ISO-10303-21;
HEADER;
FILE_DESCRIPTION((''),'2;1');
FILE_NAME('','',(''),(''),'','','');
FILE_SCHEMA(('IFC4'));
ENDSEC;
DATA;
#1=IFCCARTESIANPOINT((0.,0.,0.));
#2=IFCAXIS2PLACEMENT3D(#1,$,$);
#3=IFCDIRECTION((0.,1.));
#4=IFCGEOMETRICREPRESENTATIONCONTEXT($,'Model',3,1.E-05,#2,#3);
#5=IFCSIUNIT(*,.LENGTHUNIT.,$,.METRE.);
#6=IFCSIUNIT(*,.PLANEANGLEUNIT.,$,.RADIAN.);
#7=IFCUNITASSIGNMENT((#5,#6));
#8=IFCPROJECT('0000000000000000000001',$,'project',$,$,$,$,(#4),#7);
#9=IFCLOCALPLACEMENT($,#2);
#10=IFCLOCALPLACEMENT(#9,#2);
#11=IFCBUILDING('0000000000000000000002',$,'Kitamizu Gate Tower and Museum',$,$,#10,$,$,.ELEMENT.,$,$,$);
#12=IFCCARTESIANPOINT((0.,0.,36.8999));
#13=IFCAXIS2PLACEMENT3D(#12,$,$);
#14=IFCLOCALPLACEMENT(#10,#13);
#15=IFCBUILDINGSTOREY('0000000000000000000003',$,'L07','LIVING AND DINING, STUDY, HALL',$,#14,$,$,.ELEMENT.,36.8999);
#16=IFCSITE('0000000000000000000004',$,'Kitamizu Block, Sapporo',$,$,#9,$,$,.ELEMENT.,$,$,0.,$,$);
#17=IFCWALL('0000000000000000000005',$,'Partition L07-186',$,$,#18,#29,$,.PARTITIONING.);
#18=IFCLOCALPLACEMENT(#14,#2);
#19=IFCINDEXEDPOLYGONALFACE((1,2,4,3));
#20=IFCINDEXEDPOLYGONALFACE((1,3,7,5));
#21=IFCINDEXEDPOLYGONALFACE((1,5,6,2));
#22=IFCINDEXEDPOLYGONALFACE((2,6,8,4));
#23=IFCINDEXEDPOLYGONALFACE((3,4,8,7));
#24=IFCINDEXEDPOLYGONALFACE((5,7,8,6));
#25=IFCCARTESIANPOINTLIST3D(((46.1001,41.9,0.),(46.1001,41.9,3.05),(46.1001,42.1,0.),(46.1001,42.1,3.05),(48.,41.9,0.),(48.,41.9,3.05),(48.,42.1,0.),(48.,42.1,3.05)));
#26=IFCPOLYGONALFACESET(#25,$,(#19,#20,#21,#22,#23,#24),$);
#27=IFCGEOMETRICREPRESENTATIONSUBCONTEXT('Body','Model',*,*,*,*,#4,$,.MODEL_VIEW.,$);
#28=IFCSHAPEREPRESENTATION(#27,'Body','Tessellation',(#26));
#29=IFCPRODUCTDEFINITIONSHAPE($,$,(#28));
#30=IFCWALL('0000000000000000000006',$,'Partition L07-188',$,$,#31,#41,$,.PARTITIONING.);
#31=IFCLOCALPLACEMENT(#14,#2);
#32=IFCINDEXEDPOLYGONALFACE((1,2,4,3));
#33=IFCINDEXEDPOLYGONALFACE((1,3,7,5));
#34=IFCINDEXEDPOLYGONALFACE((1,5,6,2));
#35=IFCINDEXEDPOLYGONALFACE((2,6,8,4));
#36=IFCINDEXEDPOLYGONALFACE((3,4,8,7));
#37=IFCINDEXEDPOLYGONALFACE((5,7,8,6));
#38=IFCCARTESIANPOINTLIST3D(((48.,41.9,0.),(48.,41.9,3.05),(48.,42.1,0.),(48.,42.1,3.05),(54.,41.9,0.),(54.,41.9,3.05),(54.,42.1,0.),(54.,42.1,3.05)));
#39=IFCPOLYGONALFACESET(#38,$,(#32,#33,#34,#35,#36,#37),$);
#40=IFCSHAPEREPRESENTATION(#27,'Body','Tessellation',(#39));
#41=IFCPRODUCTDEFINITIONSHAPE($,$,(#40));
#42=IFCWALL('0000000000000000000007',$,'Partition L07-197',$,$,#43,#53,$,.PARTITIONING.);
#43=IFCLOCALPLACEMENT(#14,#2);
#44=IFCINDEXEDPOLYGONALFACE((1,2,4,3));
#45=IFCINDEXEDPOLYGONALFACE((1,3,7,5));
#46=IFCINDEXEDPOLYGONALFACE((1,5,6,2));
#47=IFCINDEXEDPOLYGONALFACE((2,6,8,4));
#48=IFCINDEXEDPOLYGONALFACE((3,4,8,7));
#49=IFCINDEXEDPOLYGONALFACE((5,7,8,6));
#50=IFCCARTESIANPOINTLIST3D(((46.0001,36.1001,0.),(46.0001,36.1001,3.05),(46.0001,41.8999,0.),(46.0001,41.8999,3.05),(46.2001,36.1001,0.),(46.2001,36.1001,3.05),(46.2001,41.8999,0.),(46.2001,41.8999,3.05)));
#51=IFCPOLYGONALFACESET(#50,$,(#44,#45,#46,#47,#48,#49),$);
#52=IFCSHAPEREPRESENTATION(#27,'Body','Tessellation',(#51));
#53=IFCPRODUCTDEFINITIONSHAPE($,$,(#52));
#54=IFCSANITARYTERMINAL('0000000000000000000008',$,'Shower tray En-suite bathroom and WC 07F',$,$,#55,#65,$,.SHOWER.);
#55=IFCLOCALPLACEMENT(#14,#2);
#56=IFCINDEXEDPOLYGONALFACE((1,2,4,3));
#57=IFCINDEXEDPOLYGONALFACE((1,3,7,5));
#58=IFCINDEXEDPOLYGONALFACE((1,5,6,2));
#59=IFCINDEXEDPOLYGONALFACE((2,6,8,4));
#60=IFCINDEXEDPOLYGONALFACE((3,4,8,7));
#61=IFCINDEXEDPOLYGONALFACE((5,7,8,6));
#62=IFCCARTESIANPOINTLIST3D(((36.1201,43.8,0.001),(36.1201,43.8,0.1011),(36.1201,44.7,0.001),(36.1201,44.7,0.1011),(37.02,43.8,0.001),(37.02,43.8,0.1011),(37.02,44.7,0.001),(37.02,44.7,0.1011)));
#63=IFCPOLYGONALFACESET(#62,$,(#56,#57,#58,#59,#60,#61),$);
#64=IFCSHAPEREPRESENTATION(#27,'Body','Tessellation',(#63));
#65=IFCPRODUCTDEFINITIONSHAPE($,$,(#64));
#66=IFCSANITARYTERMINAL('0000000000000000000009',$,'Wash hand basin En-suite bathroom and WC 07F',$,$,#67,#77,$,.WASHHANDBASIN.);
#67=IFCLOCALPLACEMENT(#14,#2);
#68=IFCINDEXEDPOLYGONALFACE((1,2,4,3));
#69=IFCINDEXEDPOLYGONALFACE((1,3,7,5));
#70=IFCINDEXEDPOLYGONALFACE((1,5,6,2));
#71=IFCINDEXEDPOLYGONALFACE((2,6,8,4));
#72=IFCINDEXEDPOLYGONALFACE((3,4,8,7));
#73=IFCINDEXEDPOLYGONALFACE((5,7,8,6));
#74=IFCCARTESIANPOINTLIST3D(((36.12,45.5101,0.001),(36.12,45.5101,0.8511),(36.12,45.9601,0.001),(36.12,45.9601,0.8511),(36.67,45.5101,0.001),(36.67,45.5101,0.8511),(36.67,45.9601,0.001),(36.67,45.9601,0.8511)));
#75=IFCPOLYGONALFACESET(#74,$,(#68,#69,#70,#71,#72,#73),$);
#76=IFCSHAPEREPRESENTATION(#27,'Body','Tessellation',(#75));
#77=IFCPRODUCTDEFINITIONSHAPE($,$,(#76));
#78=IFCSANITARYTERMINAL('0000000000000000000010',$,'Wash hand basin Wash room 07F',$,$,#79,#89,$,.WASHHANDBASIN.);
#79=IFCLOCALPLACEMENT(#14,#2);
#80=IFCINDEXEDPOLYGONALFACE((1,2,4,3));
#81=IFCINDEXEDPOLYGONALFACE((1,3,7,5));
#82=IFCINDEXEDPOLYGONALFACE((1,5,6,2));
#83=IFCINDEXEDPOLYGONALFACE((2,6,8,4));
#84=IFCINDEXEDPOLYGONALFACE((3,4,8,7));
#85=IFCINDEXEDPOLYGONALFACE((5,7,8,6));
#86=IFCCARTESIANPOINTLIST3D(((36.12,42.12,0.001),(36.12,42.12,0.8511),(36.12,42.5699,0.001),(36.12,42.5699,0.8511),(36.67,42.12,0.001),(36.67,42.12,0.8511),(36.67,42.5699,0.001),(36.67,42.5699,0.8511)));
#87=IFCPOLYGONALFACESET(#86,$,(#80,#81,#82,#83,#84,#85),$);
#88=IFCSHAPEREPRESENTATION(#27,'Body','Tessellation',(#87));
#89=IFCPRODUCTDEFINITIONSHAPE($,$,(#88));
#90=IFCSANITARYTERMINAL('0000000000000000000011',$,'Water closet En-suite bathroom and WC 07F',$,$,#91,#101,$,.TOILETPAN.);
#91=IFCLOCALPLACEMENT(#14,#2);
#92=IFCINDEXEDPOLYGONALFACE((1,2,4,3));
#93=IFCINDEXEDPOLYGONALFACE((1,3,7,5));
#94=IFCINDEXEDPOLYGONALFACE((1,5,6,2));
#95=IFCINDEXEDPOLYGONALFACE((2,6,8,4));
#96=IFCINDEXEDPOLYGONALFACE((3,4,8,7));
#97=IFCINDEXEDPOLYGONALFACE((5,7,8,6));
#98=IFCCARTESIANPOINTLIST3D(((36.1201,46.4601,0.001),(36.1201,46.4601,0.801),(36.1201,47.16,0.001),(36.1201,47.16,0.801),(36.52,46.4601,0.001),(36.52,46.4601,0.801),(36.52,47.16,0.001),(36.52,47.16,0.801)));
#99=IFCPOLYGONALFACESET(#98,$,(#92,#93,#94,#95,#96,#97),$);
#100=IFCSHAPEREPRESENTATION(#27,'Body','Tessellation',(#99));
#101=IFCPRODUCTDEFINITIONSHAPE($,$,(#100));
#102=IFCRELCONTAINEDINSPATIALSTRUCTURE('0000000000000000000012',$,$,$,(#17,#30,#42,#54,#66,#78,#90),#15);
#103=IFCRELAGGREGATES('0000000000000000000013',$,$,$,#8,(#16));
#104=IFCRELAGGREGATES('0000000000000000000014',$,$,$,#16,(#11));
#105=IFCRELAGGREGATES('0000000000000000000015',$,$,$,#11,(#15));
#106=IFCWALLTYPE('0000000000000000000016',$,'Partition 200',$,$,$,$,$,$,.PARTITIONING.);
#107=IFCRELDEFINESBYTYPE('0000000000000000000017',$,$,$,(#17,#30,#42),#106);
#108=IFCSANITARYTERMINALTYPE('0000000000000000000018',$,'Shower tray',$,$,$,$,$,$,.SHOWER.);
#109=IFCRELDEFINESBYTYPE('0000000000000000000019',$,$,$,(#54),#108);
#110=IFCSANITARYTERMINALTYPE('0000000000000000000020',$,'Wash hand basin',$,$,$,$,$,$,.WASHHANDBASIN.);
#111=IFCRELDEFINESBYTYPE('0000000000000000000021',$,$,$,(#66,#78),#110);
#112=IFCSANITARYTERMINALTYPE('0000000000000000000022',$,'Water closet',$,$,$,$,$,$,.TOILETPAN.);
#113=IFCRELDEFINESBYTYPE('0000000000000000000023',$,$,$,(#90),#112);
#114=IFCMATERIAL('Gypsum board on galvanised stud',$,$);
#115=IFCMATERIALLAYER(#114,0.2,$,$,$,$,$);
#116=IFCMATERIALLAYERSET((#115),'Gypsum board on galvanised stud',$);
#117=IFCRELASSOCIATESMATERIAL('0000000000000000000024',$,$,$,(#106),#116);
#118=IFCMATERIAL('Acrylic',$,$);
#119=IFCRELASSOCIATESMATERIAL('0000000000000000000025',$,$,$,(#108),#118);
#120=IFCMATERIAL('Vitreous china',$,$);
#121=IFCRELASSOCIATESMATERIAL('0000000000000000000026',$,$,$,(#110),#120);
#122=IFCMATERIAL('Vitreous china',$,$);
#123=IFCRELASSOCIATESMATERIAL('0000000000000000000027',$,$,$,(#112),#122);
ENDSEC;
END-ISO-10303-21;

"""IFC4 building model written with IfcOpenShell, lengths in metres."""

from ifc_helpers import new_model, si_unit, direction, frame, frame_2d, origin, origin_2d, place, context, subcontext, project, spatial, rectangle, extrude, material, layer, layer_set, type_object, element, save


model = new_model("IFC4")

# Units and contexts
model_context = context("Model", 3, precision=1e-05, world=origin(), true_north=direction((0.0, 1.0)))
body_context = subcontext(model_context, "Body", "Model", "MODEL_VIEW")
ifc_project = project(units=[si_unit("LENGTHUNIT", "METRE"), si_unit("PLANEANGLEUNIT", "RADIAN")], contexts=[model_context])

# Site, building, storey
site_placement = place(None, origin())
site = spatial("IfcSite", under=ifc_project, at=site_placement, Name="Kitamizu Block, Sapporo", CompositionType="ELEMENT", RefElevation=0.0)
building_placement = place(site_placement, origin())
building = spatial("IfcBuilding", under=site, at=building_placement, Name="Kitamizu Gate Tower and Museum", CompositionType="ELEMENT")
storey_placement = place(building_placement, frame((0.0, 0.0, 36.8999)))
storey = spatial("IfcBuildingStorey", under=building, at=storey_placement, Name="L07", Description="LIVING AND DINING, STUDY, HALL", CompositionType="ELEMENT", Elevation=36.8999)

# Walls
ifc_material_1 = material(Name="Gypsum board on galvanised stud")
ifc_layer_1 = layer(ifc_material_1, 0.2)
ifc_layer_set_1 = layer_set([ifc_layer_1], Name="Gypsum board on galvanised stud")
wall_type_1 = type_object("IfcWallType", Name="Partition 200", PredefinedType="PARTITIONING", material=ifc_layer_set_1)
wall_1_placement = place(storey_placement, frame((46.1001, 42.0, 0.0), z_axis=(0.0, 0.0, 1.0), x_axis=(1.0, 0.0, 0.0)))
element("IfcWall", 1, at=wall_1_placement, inside=storey, type_object=wall_type_1, Name="Partition L07-186", PredefinedType="PARTITIONING", context=body_context, shape_type="SweptSolid", body=[
    extrude(rectangle(XDim=1.8999, YDim=0.2, at=frame_2d((0.95, 0.0))), origin(), (0.0, 0.0, 1.0), 3.05),
])
wall_2_placement = place(storey_placement, frame((48.0, 42.0, 0.0), z_axis=(0.0, 0.0, 1.0), x_axis=(1.0, 0.0, 0.0)))
element("IfcWall", 2, at=wall_2_placement, inside=storey, type_object=wall_type_1, Name="Partition L07-188", PredefinedType="PARTITIONING", context=body_context, shape_type="SweptSolid", body=[
    extrude(rectangle(XDim=6.0, YDim=0.2, at=frame_2d((3.0, 0.0))), origin(), (0.0, 0.0, 1.0), 3.05),
])
wall_3_placement = place(storey_placement, frame((46.1001, 36.1001, 0.0), z_axis=(0.0, 0.0, 1.0), x_axis=(0.0, 1.0, 0.0)))
element("IfcWall", 3, at=wall_3_placement, inside=storey, type_object=wall_type_1, Name="Partition L07-197", PredefinedType="PARTITIONING", context=body_context, shape_type="SweptSolid", body=[
    extrude(rectangle(XDim=5.7998, YDim=0.2, at=frame_2d((2.8999, 0.0))), origin(), (0.0, 0.0, 1.0), 3.05),
])

# Sanitary terminals
ifc_material_2 = material(Name="Acrylic")
sanitary_terminal_type_1 = type_object("IfcSanitaryTerminalType", Name="Shower tray", PredefinedType="SHOWER", material=ifc_material_2)
sanitary_terminal_1_placement = place(storey_placement, frame((36.5701, 44.25, 0.001), z_axis=(0.0, 0.0, 1.0), x_axis=(1.0, 0.0, 0.0)))
element("IfcSanitaryTerminal", 4, at=sanitary_terminal_1_placement, inside=storey, type_object=sanitary_terminal_type_1, Name="Shower tray En-suite bathroom and WC 07F", PredefinedType="SHOWER", context=body_context, shape_type="SweptSolid", body=[
    extrude(rectangle(XDim=0.8999, YDim=0.8999, at=origin_2d()), origin(), (0.0, 0.0, 1.0), 0.1001),
])
ifc_material_3 = material(Name="Vitreous china")
sanitary_terminal_type_2 = type_object("IfcSanitaryTerminalType", Name="Wash hand basin", PredefinedType="WASHHANDBASIN", material=ifc_material_3)
for number, where, z_axis, x_axis, name in (
    (5, (36.395, 45.7351, 0.001), (0.0, 0.0, 1.0), (1.0, 0.0, 0.0), "Wash hand basin En-suite bathroom and WC 07F"),
    (6, (36.395, 42.345, 0.001), (0.0, 0.0, 1.0), (1.0, 0.0, 0.0), "Wash hand basin Wash room 07F"),
):
    element("IfcSanitaryTerminal", number, at=place(storey_placement, frame(where, z_axis=z_axis, x_axis=x_axis)), inside=storey, type_object=sanitary_terminal_type_2, Name=name, PredefinedType="WASHHANDBASIN", context=body_context, shape_type="SweptSolid", body=[
        extrude(rectangle(XDim=0.55, YDim=0.45, at=origin_2d()), origin(), (0.0, 0.0, 1.0), 0.8501),
    ])
ifc_material_4 = material(Name="Vitreous china")
sanitary_terminal_type_3 = type_object("IfcSanitaryTerminalType", Name="Water closet", PredefinedType="TOILETPAN", material=ifc_material_4)
sanitary_terminal_2_placement = place(storey_placement, frame((36.3201, 46.8101, 0.001), z_axis=(0.0, 0.0, 1.0), x_axis=(1.0, 0.0, 0.0)))
element("IfcSanitaryTerminal", 7, at=sanitary_terminal_2_placement, inside=storey, type_object=sanitary_terminal_type_3, Name="Water closet En-suite bathroom and WC 07F", PredefinedType="TOILETPAN", context=body_context, shape_type="SweptSolid", body=[
    extrude(rectangle(XDim=0.3999, YDim=0.7, at=origin_2d()), origin(), (0.0, 0.0, 1.0), 0.8),
])

save(model, "model.ifc")
